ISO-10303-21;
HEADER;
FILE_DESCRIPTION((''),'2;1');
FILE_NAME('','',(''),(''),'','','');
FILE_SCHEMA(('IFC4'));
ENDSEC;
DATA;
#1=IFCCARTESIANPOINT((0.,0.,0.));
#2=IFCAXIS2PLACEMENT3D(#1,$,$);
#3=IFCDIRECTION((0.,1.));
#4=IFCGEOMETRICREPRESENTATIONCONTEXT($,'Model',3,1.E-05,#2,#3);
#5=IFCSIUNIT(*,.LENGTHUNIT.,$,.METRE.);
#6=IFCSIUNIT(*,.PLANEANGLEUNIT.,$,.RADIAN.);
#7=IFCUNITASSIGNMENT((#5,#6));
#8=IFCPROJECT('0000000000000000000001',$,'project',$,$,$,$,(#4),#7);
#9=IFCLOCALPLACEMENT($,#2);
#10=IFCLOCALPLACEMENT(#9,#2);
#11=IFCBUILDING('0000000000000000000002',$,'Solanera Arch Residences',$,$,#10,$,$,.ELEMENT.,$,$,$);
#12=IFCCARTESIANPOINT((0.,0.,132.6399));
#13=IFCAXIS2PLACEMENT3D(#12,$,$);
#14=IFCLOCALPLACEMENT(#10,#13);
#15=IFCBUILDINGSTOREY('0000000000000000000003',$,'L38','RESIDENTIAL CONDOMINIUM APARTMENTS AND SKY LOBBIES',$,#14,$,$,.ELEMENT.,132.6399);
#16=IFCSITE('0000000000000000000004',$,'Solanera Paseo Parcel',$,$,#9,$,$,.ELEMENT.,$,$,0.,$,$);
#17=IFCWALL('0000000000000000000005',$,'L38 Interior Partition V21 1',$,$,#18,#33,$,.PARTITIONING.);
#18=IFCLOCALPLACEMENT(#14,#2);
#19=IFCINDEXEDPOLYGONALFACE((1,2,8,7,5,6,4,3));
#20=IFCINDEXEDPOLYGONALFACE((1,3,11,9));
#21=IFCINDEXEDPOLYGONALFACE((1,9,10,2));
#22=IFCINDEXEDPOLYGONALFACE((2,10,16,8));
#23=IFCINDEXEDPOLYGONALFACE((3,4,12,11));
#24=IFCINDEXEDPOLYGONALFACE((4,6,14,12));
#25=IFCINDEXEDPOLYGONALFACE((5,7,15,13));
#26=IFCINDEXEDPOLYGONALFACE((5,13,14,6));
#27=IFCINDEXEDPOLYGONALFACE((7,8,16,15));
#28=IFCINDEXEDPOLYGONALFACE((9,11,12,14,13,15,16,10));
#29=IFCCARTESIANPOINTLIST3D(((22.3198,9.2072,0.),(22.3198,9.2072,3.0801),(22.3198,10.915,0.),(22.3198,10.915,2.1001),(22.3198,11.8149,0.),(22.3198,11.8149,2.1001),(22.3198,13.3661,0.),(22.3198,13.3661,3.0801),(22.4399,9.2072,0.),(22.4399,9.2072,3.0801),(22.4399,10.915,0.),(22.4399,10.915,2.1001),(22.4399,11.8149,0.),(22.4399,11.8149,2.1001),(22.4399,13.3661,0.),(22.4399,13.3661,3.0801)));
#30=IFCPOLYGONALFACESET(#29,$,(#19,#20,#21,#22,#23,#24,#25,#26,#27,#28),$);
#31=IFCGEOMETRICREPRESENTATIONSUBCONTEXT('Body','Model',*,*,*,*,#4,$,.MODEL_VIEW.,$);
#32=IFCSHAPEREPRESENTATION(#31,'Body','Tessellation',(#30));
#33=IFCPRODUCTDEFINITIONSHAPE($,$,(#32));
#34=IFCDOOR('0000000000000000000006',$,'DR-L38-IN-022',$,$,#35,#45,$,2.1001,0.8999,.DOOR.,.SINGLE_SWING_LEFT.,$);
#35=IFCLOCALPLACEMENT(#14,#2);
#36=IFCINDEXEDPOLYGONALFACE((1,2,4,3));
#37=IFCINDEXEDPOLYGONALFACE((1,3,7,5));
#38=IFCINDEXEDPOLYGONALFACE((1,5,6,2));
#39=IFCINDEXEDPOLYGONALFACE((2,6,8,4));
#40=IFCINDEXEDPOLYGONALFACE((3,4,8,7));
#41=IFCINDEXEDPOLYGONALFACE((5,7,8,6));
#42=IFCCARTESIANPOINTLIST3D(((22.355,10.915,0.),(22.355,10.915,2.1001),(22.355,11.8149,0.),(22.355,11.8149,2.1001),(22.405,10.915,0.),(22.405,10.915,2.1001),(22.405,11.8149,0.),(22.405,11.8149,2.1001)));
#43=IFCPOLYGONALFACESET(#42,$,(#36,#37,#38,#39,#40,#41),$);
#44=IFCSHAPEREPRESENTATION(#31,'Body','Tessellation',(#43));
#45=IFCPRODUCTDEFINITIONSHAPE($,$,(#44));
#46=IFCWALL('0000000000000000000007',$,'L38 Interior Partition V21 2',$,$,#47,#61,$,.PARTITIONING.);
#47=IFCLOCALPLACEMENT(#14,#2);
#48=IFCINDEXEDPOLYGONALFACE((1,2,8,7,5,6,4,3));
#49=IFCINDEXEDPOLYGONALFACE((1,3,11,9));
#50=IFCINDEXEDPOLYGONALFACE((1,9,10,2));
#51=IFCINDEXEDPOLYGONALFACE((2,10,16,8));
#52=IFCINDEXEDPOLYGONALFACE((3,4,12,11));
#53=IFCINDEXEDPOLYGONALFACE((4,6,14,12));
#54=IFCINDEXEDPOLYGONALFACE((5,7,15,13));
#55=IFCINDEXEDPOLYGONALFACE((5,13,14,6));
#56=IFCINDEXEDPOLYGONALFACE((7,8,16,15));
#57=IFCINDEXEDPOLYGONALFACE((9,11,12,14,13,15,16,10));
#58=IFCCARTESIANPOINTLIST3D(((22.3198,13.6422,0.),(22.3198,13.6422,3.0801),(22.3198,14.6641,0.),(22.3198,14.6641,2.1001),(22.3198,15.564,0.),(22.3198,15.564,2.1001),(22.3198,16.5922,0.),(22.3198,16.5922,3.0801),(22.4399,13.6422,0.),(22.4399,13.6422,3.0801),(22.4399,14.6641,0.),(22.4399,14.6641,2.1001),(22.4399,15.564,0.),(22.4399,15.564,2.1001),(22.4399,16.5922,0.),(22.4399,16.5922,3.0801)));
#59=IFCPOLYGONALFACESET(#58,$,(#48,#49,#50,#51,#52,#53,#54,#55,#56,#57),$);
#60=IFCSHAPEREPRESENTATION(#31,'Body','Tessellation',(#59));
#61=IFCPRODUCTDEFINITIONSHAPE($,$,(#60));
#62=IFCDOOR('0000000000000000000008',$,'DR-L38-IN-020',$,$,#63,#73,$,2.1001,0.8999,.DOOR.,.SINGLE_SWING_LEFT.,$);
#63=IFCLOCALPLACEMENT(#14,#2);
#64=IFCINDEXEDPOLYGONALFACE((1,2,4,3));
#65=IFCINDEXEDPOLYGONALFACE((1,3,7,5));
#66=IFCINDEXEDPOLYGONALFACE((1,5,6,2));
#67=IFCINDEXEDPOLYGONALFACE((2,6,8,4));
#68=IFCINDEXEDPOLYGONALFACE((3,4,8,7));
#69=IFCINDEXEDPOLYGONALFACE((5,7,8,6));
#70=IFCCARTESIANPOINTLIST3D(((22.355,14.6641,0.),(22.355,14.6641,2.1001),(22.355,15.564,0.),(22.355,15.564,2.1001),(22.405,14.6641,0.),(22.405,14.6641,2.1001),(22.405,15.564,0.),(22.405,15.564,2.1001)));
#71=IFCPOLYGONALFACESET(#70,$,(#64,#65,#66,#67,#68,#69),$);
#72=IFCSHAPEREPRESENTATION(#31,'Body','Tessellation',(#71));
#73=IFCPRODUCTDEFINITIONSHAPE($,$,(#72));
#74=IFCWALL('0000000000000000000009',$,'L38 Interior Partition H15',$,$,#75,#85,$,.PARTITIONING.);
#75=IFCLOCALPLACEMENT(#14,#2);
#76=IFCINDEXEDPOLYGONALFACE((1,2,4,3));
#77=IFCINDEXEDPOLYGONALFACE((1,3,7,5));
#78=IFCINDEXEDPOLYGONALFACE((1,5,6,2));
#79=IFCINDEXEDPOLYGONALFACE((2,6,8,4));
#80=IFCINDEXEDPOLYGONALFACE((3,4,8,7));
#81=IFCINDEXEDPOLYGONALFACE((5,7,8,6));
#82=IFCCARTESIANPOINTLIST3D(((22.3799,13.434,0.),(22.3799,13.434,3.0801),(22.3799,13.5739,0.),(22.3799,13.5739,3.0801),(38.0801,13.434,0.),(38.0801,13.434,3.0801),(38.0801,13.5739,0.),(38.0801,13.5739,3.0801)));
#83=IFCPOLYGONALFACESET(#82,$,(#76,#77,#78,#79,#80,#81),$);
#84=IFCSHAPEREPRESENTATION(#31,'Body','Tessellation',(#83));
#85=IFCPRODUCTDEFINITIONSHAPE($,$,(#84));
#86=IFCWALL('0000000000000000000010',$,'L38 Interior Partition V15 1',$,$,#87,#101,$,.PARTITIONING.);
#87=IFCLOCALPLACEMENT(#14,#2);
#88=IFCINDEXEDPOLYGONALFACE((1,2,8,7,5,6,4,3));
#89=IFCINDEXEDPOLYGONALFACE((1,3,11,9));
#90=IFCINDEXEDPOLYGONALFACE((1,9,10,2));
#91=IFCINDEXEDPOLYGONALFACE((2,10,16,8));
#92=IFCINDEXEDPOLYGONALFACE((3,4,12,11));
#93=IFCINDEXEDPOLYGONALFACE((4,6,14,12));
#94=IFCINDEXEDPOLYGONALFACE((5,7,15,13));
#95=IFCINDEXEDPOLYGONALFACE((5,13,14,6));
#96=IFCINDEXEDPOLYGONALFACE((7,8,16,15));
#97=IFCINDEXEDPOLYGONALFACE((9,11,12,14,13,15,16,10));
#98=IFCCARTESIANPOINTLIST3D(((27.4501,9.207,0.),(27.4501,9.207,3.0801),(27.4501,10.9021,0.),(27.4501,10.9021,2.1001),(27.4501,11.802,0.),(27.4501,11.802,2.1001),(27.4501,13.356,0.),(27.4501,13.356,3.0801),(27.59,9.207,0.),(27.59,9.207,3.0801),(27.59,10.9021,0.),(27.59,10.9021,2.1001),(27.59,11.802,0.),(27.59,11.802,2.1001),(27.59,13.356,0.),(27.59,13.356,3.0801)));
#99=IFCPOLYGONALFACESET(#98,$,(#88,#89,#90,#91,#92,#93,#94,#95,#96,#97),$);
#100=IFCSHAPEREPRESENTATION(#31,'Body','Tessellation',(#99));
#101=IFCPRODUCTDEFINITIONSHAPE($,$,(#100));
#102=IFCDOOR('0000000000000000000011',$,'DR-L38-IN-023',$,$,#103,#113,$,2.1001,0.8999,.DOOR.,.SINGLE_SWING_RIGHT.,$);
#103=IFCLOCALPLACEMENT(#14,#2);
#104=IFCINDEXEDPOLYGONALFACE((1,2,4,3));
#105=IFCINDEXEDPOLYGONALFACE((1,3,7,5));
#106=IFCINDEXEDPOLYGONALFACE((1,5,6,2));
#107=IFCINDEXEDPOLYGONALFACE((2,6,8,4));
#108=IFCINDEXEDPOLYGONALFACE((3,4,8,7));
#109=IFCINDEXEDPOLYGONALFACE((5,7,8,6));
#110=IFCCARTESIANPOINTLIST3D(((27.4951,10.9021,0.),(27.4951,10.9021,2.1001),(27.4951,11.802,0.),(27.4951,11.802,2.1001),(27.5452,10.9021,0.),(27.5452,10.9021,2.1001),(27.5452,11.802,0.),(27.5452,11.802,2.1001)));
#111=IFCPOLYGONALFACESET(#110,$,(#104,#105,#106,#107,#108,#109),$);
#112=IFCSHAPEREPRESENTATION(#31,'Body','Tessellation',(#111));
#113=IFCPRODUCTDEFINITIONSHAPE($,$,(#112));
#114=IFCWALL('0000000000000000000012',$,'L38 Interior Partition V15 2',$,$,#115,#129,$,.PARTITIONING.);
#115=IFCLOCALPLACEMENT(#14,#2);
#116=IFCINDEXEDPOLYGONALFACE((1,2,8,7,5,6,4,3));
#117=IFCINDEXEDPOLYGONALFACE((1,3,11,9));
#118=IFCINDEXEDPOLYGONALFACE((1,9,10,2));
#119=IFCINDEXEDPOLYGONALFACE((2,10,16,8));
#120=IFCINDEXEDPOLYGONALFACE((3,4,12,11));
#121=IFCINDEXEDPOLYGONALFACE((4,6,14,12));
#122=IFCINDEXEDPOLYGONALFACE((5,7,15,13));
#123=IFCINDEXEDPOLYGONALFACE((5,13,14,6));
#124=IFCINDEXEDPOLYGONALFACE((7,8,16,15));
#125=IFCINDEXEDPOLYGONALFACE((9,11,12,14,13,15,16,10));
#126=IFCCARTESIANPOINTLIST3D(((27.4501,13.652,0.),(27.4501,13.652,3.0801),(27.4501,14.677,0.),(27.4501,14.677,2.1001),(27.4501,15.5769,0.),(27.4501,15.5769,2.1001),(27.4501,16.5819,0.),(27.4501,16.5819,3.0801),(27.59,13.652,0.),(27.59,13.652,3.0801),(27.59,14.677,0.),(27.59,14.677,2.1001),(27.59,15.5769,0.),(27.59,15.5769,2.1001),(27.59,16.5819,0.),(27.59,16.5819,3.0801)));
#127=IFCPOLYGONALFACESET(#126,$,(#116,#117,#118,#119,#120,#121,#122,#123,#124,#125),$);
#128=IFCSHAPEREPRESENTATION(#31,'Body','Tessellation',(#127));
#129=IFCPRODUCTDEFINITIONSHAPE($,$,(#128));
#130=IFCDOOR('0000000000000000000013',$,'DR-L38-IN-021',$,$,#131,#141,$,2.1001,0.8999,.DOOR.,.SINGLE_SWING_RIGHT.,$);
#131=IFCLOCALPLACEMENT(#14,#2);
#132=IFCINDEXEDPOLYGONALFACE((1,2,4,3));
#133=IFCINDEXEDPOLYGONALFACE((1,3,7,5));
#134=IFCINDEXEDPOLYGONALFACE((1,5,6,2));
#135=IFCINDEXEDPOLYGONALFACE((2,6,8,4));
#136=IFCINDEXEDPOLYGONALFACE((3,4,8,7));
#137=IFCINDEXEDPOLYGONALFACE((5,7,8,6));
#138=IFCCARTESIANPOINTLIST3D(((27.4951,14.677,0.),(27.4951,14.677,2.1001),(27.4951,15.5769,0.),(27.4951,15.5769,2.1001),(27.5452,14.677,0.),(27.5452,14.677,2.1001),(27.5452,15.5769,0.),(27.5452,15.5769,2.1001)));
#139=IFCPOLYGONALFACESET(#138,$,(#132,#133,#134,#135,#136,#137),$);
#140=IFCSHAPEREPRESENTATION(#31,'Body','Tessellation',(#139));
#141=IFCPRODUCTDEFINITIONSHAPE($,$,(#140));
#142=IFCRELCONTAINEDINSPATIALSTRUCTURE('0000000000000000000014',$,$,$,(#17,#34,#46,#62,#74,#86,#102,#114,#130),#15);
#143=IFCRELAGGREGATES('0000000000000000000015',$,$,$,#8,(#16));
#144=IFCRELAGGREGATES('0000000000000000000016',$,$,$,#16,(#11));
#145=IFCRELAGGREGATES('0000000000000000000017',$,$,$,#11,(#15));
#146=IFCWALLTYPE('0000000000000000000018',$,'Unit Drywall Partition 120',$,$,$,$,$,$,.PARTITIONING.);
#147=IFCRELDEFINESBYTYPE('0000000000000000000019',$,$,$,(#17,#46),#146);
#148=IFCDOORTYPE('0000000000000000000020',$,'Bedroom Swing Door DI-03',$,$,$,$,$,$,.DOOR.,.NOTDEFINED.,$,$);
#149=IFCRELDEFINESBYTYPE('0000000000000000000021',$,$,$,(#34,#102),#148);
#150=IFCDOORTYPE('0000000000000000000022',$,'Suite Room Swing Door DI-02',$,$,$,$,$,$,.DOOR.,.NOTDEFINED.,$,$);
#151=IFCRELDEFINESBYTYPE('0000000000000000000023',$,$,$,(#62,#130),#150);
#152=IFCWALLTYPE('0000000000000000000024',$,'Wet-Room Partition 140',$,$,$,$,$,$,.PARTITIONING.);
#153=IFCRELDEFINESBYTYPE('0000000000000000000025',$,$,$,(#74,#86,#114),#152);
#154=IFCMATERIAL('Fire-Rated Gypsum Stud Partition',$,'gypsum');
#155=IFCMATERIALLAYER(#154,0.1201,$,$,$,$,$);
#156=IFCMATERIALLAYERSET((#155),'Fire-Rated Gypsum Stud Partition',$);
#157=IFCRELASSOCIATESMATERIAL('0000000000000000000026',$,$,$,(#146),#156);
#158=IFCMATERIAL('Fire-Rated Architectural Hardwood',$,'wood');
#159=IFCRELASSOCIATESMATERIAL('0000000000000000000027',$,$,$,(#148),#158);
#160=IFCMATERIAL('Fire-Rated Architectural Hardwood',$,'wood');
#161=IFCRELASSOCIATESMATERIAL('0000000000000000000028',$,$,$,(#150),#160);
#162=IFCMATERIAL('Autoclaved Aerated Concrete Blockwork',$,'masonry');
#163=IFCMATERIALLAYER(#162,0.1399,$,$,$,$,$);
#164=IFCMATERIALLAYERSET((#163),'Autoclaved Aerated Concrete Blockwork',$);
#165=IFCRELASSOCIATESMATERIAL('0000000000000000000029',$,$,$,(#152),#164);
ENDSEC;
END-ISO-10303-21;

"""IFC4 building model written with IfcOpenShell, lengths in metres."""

from ifc_helpers import new_model, si_unit, direction, frame, frame_2d, origin, place, context, subcontext, project, spatial, rectangle, extrude, material, layer, layer_set, type_object, element, fill, save


model = new_model("IFC4")

# Units and contexts
model_context = context("Model", 3, precision=1e-05, world=origin(), true_north=direction((0.0, 1.0)))
body_context = subcontext(model_context, "Body", "Model", "MODEL_VIEW")
ifc_project = project(units=[si_unit("LENGTHUNIT", "METRE"), si_unit("PLANEANGLEUNIT", "RADIAN")], contexts=[model_context])

# Site, building, storey
site_placement = place(None, origin())
site = spatial("IfcSite", under=ifc_project, at=site_placement, Name="Solanera Paseo Parcel", CompositionType="ELEMENT", RefElevation=0.0)
building_placement = place(site_placement, origin())
building = spatial("IfcBuilding", under=site, at=building_placement, Name="Solanera Arch Residences", CompositionType="ELEMENT")
storey_placement = place(building_placement, frame((0.0, 0.0, 132.6399)))
storey = spatial("IfcBuildingStorey", under=building, at=storey_placement, Name="L38", Description="RESIDENTIAL CONDOMINIUM APARTMENTS AND SKY LOBBIES", CompositionType="ELEMENT", Elevation=132.6399)

# Walls, openings, doors
ifc_material_1 = material(Name="Fire-Rated Gypsum Stud Partition", Category="gypsum")
ifc_layer_1 = layer(ifc_material_1, 0.1201)
ifc_layer_set_1 = layer_set([ifc_layer_1], Name="Fire-Rated Gypsum Stud Partition")
wall_type_1 = type_object("IfcWallType", Name="Unit Drywall Partition 120", PredefinedType="PARTITIONING", material=ifc_layer_set_1)
wall_1_placement = place(storey_placement, frame((22.3799, 9.207, 0.0), z_axis=(0.0, 0.0, 1.0), x_axis=(0.0, 1.0, 0.0)))
wall_1 = element("IfcWall", 1, at=wall_1_placement, inside=storey, type_object=wall_type_1, Name="L38 Interior Partition V21 1", PredefinedType="PARTITIONING", context=body_context, shape_type="SweptSolid", body=[
    extrude(rectangle(XDim=4.1589, YDim=0.1201, at=frame_2d((2.0796, 0.0))), origin(), (0.0, 0.0, 1.0), 3.0801),
])
opening_1_placement = place(wall_1_placement, frame((1.708, 0.0, 0.0)))
opening_1 = element("IfcOpeningElement", 2, at=opening_1_placement, cuts=wall_1, PredefinedType="OPENING", context=body_context, shape_type="SweptSolid", body=[
    extrude(rectangle(XDim=0.8999, YDim=2.1001, at=frame_2d((0.45, 1.05))), frame((0.0, 0.0701, 0.0), z_axis=(0.0, -1.0, 0.0), x_axis=(1.0, 0.0, 0.0)), (0.0, 0.0, 1.0), 0.1401),
])
ifc_material_2 = material(Name="Fire-Rated Architectural Hardwood", Category="wood")
door_type_1 = type_object("IfcDoorType", Name="Bedroom Swing Door DI-03", OperationType="NOTDEFINED", PredefinedType="DOOR", material=ifc_material_2)
door_1_placement = place(opening_1_placement, origin())
door_1 = element("IfcDoor", 3, at=door_1_placement, inside=storey, type_object=door_type_1, Name="DR-L38-IN-022", OperationType="SINGLE_SWING_LEFT", OverallHeight=2.1001, OverallWidth=0.8999, PredefinedType="DOOR", context=body_context, shape_type="SweptSolid", body=[
    extrude(rectangle(XDim=0.8999, YDim=2.1001, at=frame_2d((0.45, 1.05))), frame((0.0, 0.0249, 0.0), z_axis=(0.0, -1.0, 0.0), x_axis=(1.0, 0.0, 0.0)), (0.0, 0.0, 1.0), 0.05),
])
fill(opening_1, door_1)
wall_2_placement = place(storey_placement, frame((22.3799, 13.6421, 0.0), z_axis=(0.0, 0.0, 1.0), x_axis=(0.0, 1.0, 0.0)))
wall_2 = element("IfcWall", 4, at=wall_2_placement, inside=storey, type_object=wall_type_1, Name="L38 Interior Partition V21 2", PredefinedType="PARTITIONING", context=body_context, shape_type="SweptSolid", body=[
    extrude(rectangle(XDim=2.95, YDim=0.1201, at=frame_2d((1.4751, 0.0))), origin(), (0.0, 0.0, 1.0), 3.0801),
])
opening_2_placement = place(wall_2_placement, frame((1.022, 0.0, 0.0)))
opening_2 = element("IfcOpeningElement", 5, at=opening_2_placement, cuts=wall_2, PredefinedType="OPENING", context=body_context, shape_type="SweptSolid", body=[
    extrude(rectangle(XDim=0.8999, YDim=2.1001, at=frame_2d((0.45, 1.05))), frame((0.0, 0.0701, 0.0), z_axis=(0.0, -1.0, 0.0), x_axis=(1.0, 0.0, 0.0)), (0.0, 0.0, 1.0), 0.1401),
])
ifc_material_3 = material(Name="Fire-Rated Architectural Hardwood", Category="wood")
door_type_2 = type_object("IfcDoorType", Name="Suite Room Swing Door DI-02", OperationType="NOTDEFINED", PredefinedType="DOOR", material=ifc_material_3)
door_2_placement = place(opening_2_placement, origin())
door_2 = element("IfcDoor", 6, at=door_2_placement, inside=storey, type_object=door_type_2, Name="DR-L38-IN-020", OperationType="SINGLE_SWING_LEFT", OverallHeight=2.1001, OverallWidth=0.8999, PredefinedType="DOOR", context=body_context, shape_type="SweptSolid", body=[
    extrude(rectangle(XDim=0.8999, YDim=2.1001, at=frame_2d((0.45, 1.05))), frame((0.0, 0.0249, 0.0), z_axis=(0.0, -1.0, 0.0), x_axis=(1.0, 0.0, 0.0)), (0.0, 0.0, 1.0), 0.05),
])
fill(opening_2, door_2)

# Wall
ifc_material_4 = material(Name="Autoclaved Aerated Concrete Blockwork", Category="masonry")
ifc_layer_2 = layer(ifc_material_4, 0.1399)
ifc_layer_set_2 = layer_set([ifc_layer_2], Name="Autoclaved Aerated Concrete Blockwork")
wall_type_2 = type_object("IfcWallType", Name="Wet-Room Partition 140", PredefinedType="PARTITIONING", material=ifc_layer_set_2)
wall_3_placement = place(storey_placement, frame((22.3799, 13.5039, 0.0), z_axis=(0.0, 0.0, 1.0), x_axis=(1.0, 0.0, 0.0)))
element("IfcWall", 7, at=wall_3_placement, inside=storey, type_object=wall_type_2, Name="L38 Interior Partition H15", PredefinedType="PARTITIONING", context=body_context, shape_type="SweptSolid", body=[
    extrude(rectangle(XDim=15.7002, YDim=0.1399, at=frame_2d((7.8501, 0.0))), origin(), (0.0, 0.0, 1.0), 3.0801),
])

# Walls, openings, doors
wall_4_placement = place(storey_placement, frame((27.52, 9.207, 0.0), z_axis=(0.0, 0.0, 1.0), x_axis=(0.0, 1.0, 0.0)))
wall_4 = element("IfcWall", 8, at=wall_4_placement, inside=storey, type_object=wall_type_2, Name="L38 Interior Partition V15 1", PredefinedType="PARTITIONING", context=body_context, shape_type="SweptSolid", body=[
    extrude(rectangle(XDim=4.1489, YDim=0.1399, at=frame_2d((2.0745, 0.0))), origin(), (0.0, 0.0, 1.0), 3.0801),
])
opening_3_placement = place(wall_4_placement, frame((1.6951, 0.0, 0.0)))
opening_3 = element("IfcOpeningElement", 9, at=opening_3_placement, cuts=wall_4, PredefinedType="OPENING", context=body_context, shape_type="SweptSolid", body=[
    extrude(rectangle(XDim=0.8999, YDim=2.1001, at=frame_2d((0.45, 1.05))), frame((0.0, 0.0798, 0.0), z_axis=(0.0, -1.0, 0.0), x_axis=(1.0, 0.0, 0.0)), (0.0, 0.0, 1.0), 0.1599),
])
door_3_placement = place(opening_3_placement, origin())
door_3 = element("IfcDoor", 10, at=door_3_placement, inside=storey, type_object=door_type_1, Name="DR-L38-IN-023", OperationType="SINGLE_SWING_RIGHT", OverallHeight=2.1001, OverallWidth=0.8999, PredefinedType="DOOR", context=body_context, shape_type="SweptSolid", body=[
    extrude(rectangle(XDim=0.8999, YDim=2.1001, at=frame_2d((0.45, 1.05))), frame((0.0, 0.0249, 0.0), z_axis=(0.0, -1.0, 0.0), x_axis=(1.0, 0.0, 0.0)), (0.0, 0.0, 1.0), 0.05),
])
fill(opening_3, door_3)
wall_5_placement = place(storey_placement, frame((27.52, 13.6521, 0.0), z_axis=(0.0, 0.0, 1.0), x_axis=(0.0, 1.0, 0.0)))
wall_5 = element("IfcWall", 11, at=wall_5_placement, inside=storey, type_object=wall_type_2, Name="L38 Interior Partition V15 2", PredefinedType="PARTITIONING", context=body_context, shape_type="SweptSolid", body=[
    extrude(rectangle(XDim=2.9299, YDim=0.1399, at=frame_2d((1.4648, 0.0))), origin(), (0.0, 0.0, 1.0), 3.0801),
])
opening_4_placement = place(wall_5_placement, frame((1.0249, 0.0, 0.0)))
opening_4 = element("IfcOpeningElement", 12, at=opening_4_placement, cuts=wall_5, PredefinedType="OPENING", context=body_context, shape_type="SweptSolid", body=[
    extrude(rectangle(XDim=0.8999, YDim=2.1001, at=frame_2d((0.45, 1.05))), frame((0.0, 0.0798, 0.0), z_axis=(0.0, -1.0, 0.0), x_axis=(1.0, 0.0, 0.0)), (0.0, 0.0, 1.0), 0.1599),
])
door_4_placement = place(opening_4_placement, origin())
door_4 = element("IfcDoor", 13, at=door_4_placement, inside=storey, type_object=door_type_2, Name="DR-L38-IN-021", OperationType="SINGLE_SWING_RIGHT", OverallHeight=2.1001, OverallWidth=0.8999, PredefinedType="DOOR", context=body_context, shape_type="SweptSolid", body=[
    extrude(rectangle(XDim=0.8999, YDim=2.1001, at=frame_2d((0.45, 1.05))), frame((0.0, 0.0249, 0.0), z_axis=(0.0, -1.0, 0.0), x_axis=(1.0, 0.0, 0.0)), (0.0, 0.0, 1.0), 0.05),
])
fill(opening_4, door_4)

save(model, "model.ifc")
